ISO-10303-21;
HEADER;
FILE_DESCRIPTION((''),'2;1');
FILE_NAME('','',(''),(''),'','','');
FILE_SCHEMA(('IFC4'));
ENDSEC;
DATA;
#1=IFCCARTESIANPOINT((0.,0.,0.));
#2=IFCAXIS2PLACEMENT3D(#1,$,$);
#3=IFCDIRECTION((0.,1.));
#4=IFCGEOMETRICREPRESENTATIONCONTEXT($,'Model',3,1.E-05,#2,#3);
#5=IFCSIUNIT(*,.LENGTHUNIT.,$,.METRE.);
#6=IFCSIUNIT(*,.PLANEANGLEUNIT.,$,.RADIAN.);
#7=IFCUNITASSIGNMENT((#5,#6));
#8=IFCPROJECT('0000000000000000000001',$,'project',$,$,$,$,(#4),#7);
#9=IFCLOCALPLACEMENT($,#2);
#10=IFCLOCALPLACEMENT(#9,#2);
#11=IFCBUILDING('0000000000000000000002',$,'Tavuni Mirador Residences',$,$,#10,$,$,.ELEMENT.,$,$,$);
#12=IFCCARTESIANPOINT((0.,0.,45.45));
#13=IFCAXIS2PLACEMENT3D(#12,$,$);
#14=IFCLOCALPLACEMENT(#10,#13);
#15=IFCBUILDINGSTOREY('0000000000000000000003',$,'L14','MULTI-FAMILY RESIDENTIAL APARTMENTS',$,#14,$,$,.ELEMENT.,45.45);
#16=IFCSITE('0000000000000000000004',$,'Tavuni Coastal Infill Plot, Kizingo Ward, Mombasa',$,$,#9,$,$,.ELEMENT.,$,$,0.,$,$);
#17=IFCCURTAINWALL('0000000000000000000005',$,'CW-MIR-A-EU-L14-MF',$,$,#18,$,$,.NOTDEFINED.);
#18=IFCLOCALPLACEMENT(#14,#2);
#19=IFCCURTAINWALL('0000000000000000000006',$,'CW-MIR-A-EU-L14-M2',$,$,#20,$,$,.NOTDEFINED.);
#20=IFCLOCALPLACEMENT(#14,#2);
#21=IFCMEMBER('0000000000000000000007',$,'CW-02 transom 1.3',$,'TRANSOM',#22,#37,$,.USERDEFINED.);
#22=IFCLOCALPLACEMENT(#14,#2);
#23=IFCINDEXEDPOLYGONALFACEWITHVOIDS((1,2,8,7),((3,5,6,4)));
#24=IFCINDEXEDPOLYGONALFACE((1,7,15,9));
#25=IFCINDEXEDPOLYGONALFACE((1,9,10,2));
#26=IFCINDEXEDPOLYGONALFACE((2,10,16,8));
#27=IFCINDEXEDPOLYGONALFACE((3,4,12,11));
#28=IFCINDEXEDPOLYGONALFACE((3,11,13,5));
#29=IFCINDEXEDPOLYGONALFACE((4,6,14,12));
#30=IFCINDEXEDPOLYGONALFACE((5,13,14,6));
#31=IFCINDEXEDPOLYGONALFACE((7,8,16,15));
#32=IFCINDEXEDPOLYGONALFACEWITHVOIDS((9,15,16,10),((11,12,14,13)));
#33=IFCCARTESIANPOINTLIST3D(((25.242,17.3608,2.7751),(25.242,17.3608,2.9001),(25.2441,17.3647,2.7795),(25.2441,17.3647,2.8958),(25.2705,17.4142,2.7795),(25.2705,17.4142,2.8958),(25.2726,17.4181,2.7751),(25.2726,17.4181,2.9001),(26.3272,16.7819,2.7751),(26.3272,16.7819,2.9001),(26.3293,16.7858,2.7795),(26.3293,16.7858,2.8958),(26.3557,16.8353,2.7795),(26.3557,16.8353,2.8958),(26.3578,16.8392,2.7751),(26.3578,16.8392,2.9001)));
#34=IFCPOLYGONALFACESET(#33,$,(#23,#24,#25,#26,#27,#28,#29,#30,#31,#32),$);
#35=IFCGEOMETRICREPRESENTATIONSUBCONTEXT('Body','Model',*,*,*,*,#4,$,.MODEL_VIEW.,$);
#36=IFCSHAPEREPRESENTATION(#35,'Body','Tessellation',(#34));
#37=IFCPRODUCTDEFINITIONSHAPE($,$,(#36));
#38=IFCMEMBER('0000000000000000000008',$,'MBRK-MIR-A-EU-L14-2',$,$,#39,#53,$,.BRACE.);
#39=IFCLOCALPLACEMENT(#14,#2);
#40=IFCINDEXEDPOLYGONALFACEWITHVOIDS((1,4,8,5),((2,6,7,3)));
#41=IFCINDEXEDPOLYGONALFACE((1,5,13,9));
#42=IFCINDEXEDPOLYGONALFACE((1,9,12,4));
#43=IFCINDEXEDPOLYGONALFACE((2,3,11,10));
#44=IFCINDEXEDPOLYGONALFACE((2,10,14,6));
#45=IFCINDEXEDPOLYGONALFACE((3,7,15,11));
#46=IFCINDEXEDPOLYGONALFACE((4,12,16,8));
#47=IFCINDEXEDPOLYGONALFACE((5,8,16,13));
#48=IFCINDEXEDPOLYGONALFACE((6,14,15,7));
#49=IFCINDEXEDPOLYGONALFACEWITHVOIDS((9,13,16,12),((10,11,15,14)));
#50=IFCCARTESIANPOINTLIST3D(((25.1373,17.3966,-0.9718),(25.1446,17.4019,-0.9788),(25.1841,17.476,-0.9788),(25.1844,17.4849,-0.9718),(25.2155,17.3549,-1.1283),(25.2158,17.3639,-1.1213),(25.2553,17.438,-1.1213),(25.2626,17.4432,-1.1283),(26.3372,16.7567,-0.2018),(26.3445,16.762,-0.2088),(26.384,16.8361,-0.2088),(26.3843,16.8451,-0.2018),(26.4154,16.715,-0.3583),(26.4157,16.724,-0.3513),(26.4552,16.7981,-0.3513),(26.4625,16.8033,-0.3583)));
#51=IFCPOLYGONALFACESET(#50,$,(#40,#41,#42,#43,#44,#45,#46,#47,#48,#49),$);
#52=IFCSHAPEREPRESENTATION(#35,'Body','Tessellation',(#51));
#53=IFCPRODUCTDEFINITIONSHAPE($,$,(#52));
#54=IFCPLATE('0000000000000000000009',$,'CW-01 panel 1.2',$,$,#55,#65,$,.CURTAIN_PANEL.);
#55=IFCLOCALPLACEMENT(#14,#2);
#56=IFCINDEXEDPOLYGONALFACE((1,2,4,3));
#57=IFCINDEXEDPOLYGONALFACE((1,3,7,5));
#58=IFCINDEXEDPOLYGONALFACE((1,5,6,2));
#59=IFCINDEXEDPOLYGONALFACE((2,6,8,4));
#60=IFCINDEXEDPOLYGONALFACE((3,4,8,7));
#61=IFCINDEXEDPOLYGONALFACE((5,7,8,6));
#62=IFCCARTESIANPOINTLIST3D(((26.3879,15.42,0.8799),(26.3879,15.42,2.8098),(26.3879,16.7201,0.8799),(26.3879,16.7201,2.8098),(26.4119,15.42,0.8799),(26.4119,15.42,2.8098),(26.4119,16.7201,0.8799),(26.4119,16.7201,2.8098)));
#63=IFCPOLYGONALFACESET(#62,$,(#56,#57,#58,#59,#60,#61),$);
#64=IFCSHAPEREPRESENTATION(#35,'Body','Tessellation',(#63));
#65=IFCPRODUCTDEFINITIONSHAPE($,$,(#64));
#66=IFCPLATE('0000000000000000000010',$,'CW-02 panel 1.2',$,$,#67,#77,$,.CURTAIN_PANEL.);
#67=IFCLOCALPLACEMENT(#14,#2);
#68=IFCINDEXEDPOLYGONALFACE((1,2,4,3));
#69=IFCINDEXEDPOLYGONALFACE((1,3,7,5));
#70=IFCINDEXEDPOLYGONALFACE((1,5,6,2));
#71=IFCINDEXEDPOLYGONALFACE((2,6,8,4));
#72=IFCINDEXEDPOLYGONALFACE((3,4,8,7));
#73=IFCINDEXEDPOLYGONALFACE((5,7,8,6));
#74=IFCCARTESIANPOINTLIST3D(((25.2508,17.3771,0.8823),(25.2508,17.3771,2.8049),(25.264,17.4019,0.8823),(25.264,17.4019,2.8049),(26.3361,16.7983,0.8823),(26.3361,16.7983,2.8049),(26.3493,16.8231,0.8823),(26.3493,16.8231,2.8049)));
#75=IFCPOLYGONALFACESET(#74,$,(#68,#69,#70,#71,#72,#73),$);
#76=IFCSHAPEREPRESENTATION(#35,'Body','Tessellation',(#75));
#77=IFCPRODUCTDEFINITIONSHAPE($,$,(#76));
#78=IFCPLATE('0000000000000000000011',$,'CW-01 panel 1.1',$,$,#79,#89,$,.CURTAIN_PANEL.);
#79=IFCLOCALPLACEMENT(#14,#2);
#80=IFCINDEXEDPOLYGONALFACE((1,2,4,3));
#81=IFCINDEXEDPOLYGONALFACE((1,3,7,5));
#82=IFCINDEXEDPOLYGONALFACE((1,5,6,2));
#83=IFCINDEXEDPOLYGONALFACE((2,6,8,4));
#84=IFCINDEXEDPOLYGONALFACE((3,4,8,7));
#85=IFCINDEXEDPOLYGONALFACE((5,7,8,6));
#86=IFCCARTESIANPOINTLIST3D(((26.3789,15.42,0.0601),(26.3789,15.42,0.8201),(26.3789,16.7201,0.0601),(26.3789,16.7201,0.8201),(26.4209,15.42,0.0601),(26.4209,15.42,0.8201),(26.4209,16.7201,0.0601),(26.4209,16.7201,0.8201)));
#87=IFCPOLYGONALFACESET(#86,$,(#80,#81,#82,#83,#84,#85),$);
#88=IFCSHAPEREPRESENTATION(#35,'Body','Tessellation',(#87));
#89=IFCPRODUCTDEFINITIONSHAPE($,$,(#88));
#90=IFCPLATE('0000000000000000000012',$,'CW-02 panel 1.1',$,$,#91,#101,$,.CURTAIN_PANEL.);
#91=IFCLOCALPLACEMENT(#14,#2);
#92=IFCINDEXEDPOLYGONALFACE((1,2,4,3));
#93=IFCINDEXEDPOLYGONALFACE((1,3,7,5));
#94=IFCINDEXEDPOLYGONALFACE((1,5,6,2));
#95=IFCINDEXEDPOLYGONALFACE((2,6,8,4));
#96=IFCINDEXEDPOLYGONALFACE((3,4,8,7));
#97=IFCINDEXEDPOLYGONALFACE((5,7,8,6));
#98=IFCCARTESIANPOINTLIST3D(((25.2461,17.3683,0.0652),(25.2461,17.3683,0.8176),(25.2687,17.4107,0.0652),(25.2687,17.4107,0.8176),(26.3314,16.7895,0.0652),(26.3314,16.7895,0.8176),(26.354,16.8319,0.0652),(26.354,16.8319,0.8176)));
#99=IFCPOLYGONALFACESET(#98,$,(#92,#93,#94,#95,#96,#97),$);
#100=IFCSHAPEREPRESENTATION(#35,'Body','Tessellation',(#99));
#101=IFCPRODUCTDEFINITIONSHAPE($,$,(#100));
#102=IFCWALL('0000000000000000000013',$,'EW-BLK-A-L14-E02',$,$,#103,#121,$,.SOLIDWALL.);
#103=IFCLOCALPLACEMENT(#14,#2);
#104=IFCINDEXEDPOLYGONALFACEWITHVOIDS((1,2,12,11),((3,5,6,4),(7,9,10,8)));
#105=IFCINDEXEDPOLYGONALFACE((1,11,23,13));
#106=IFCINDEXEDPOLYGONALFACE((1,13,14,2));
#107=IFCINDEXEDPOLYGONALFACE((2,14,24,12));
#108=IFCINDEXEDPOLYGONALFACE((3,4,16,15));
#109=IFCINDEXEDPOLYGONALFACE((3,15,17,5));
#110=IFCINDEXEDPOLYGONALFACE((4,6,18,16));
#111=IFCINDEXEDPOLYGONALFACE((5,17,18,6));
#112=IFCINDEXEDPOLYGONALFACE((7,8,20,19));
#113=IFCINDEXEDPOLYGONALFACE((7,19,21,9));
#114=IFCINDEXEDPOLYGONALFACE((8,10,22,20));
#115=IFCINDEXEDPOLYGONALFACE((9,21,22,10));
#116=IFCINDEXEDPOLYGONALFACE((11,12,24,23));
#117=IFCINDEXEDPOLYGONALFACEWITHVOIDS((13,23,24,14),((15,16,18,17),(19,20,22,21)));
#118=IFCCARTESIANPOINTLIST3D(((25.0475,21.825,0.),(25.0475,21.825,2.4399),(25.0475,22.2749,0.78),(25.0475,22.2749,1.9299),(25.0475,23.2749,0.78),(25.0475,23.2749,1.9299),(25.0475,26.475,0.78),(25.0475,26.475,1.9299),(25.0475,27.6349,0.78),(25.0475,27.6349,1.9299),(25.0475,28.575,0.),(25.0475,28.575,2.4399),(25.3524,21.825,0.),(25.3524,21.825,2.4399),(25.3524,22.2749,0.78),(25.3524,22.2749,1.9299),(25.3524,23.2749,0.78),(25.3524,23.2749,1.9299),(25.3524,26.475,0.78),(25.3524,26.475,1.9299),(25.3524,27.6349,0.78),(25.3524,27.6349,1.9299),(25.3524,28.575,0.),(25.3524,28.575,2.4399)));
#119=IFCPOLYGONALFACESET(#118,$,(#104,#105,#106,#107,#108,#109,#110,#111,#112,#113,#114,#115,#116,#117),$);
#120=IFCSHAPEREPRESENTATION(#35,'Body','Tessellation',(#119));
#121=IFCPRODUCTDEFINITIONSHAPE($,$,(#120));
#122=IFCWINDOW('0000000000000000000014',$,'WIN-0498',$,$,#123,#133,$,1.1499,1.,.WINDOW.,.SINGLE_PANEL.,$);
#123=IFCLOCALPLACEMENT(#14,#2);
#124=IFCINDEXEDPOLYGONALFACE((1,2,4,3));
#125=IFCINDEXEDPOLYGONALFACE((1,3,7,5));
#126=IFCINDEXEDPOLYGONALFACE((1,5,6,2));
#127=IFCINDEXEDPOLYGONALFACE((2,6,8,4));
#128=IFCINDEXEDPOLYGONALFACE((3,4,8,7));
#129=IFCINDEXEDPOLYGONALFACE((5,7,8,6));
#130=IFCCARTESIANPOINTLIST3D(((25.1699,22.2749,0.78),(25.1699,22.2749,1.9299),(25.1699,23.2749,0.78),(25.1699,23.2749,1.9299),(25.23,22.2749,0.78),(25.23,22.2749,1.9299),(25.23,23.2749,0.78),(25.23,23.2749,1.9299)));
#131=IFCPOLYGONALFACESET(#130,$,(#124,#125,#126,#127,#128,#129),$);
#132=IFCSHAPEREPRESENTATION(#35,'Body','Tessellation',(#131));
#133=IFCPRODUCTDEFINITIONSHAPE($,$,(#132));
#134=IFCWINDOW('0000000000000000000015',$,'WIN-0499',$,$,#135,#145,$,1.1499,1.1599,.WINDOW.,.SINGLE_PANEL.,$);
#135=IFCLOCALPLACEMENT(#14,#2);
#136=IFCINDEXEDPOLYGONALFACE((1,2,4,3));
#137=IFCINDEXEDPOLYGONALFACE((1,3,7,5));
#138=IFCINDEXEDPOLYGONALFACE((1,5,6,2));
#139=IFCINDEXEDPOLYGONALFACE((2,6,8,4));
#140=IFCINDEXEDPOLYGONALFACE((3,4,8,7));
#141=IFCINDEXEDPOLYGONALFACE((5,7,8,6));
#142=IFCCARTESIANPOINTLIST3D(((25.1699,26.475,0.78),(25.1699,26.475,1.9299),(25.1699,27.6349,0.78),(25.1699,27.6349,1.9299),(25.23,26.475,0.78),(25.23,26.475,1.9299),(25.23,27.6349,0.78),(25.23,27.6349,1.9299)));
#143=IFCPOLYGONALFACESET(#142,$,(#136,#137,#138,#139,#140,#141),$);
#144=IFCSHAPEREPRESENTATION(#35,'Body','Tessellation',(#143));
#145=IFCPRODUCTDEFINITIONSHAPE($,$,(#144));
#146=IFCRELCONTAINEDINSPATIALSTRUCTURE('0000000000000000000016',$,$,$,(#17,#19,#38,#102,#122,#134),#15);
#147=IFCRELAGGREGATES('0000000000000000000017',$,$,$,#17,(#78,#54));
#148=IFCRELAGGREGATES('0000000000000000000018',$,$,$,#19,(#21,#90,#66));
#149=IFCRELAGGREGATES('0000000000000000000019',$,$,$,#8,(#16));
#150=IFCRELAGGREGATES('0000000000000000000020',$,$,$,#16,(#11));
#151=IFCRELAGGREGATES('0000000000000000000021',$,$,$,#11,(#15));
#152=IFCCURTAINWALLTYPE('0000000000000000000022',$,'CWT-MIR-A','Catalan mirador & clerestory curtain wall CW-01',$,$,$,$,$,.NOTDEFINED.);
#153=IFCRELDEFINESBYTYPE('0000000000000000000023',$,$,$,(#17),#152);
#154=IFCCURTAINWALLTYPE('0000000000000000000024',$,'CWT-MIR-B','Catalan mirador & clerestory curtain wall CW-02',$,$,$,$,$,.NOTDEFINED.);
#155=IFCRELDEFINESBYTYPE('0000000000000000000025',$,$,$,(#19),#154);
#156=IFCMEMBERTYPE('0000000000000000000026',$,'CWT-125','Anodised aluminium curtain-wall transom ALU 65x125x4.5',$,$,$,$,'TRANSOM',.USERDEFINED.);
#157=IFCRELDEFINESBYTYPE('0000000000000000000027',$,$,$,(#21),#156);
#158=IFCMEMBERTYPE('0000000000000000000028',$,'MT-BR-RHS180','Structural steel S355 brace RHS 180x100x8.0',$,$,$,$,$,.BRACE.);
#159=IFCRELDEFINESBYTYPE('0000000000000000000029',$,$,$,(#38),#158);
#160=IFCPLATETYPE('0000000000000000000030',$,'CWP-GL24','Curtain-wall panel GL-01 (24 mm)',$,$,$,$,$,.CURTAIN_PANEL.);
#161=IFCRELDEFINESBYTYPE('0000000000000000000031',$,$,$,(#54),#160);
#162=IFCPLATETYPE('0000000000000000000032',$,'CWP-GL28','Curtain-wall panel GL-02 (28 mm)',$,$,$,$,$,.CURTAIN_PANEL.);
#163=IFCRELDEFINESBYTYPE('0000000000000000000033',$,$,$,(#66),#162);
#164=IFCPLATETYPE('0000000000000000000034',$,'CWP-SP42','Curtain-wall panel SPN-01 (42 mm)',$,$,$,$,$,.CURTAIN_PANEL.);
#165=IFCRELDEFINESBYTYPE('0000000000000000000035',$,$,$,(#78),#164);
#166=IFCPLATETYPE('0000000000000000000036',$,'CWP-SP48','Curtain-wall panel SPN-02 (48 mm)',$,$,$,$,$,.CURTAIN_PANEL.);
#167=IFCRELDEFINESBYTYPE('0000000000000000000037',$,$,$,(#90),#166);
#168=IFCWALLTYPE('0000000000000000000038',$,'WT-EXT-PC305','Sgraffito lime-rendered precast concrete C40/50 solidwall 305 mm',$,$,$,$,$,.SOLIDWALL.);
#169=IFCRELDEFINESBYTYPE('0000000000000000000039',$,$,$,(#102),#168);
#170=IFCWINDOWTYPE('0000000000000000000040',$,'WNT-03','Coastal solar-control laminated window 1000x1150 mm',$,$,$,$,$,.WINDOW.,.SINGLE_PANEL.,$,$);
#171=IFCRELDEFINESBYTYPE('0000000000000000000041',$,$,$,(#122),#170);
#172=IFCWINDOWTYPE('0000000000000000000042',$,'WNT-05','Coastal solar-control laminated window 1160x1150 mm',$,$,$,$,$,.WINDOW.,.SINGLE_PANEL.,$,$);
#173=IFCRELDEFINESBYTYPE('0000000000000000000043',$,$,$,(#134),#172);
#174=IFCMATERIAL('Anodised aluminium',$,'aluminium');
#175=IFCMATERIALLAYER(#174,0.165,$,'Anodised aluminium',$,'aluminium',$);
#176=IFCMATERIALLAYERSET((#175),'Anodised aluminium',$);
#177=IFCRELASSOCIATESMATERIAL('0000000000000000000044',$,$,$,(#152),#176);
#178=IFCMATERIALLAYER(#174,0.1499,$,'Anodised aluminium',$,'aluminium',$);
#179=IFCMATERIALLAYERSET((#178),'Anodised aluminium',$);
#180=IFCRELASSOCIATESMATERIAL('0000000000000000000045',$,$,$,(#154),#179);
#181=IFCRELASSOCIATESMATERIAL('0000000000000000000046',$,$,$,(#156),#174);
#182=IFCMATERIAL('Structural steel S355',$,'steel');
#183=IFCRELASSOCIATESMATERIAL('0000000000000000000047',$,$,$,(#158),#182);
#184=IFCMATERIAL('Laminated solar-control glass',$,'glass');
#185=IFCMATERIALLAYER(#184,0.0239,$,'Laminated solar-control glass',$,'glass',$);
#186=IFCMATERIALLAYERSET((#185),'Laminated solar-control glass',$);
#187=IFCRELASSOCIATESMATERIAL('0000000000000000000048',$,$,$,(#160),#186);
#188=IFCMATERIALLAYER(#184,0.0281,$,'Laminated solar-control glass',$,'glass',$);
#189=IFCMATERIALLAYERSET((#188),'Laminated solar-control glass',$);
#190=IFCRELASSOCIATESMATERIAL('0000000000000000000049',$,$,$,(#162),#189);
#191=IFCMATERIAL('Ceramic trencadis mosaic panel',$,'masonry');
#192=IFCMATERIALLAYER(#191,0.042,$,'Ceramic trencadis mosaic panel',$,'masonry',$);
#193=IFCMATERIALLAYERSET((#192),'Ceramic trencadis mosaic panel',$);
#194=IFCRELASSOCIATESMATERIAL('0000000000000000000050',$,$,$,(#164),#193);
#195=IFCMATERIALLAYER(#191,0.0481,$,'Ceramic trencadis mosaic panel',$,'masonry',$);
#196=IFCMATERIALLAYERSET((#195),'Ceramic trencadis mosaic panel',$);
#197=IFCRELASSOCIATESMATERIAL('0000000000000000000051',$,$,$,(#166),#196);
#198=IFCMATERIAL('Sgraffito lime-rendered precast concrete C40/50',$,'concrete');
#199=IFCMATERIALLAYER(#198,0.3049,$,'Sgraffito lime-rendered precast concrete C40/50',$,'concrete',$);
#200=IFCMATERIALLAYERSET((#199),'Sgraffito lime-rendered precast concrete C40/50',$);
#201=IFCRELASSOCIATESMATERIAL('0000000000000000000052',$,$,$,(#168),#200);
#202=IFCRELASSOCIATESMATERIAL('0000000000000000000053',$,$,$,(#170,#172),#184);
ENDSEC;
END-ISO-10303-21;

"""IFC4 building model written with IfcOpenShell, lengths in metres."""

from ifc_helpers import new_model, si_unit, direction, frame, frame_2d, origin, origin_2d, place, context, subcontext, project, spatial, rectangle, hollow_rectangle, extrude, material, layer, layer_set, material_profile, profile_set, type_object, element, fill, aggregate, save


model = new_model("IFC4")

# Units and contexts
model_context = context("Model", 3, precision=1e-05, world=origin(), true_north=direction((0.0, 1.0)))
body_context = subcontext(model_context, "Body", "Model", "MODEL_VIEW")
ifc_project = project(units=[si_unit("LENGTHUNIT", "METRE"), si_unit("PLANEANGLEUNIT", "RADIAN")], contexts=[model_context])

# Site, building, storey
site_placement = place(None, origin())
site = spatial("IfcSite", under=ifc_project, at=site_placement, Name="Tavuni Coastal Infill Plot, Kizingo Ward, Mombasa", CompositionType="ELEMENT", RefElevation=0.0)
building_placement = place(site_placement, origin())
building = spatial("IfcBuilding", under=site, at=building_placement, Name="Tavuni Mirador Residences", CompositionType="ELEMENT")
storey_placement = place(building_placement, frame((0.0, 0.0, 45.45)))
storey = spatial("IfcBuildingStorey", under=building, at=storey_placement, Name="L14", Description="MULTI-FAMILY RESIDENTIAL APARTMENTS", CompositionType="ELEMENT", Elevation=45.45)

# Curtain wall
ifc_material_1 = material(Name="Anodised aluminium", Category="aluminium")
ifc_layer_1 = layer(ifc_material_1, 0.165, Name="Anodised aluminium", Category="aluminium")
ifc_layer_set_1 = layer_set([ifc_layer_1], Name="Anodised aluminium")
curtain_wall_type_1 = type_object("IfcCurtainWallType", Name="CWT-MIR-A", Description="Catalan mirador & clerestory curtain wall CW-01", PredefinedType="NOTDEFINED", material=ifc_layer_set_1)
curtain_wall_1_placement = place(storey_placement, origin())
curtain_wall_1 = element("IfcCurtainWall", 1, at=curtain_wall_1_placement, inside=storey, type_object=curtain_wall_type_1, Name="CW-MIR-A-EU-L14-MF", PredefinedType="NOTDEFINED")

# Curtain wall
ifc_layer_2 = layer(ifc_material_1, 0.1499, Name="Anodised aluminium", Category="aluminium")
ifc_layer_set_2 = layer_set([ifc_layer_2], Name="Anodised aluminium")
curtain_wall_type_2 = type_object("IfcCurtainWallType", Name="CWT-MIR-B", Description="Catalan mirador & clerestory curtain wall CW-02", PredefinedType="NOTDEFINED", material=ifc_layer_set_2)
curtain_wall_2_placement = place(storey_placement, origin())
curtain_wall_2 = element("IfcCurtainWall", 2, at=curtain_wall_2_placement, inside=storey, type_object=curtain_wall_type_2, Name="CW-MIR-A-EU-L14-M2", PredefinedType="NOTDEFINED")

# Members
ifc_material_profile_1 = material_profile(ifc_material_1, hollow_rectangle(XDim=0.0649, YDim=0.125, WallThickness=0.0044, at=origin_2d()), Name="ALU 65x125x4.5", Category="aluminium")
ifc_profile_set_1 = profile_set([ifc_material_profile_1], Name="Anodised aluminium")
member_type_1 = type_object("IfcMemberType", Name="CWT-125", Description="Anodised aluminium curtain-wall transom ALU 65x125x4.5", ElementType="TRANSOM", PredefinedType="USERDEFINED", material=ifc_profile_set_1)
member_1_placement = place(storey_placement, frame((26.3425, 16.8105, 2.8376), z_axis=(-0.882325, 0.47064, 0.0), x_axis=(-0.47064, -0.882325, 0.0)))
member_1 = element("IfcMember", 3, at=member_1_placement, type_object=member_type_1, Name="CW-02 transom 1.3", ObjectType="TRANSOM", PredefinedType="USERDEFINED", context=body_context, shape_type="SweptSolid", body=[
    extrude(hollow_rectangle(XDim=0.0649, YDim=0.125, WallThickness=0.0044, at=origin_2d()), origin(), (0.0, 0.0, 1.0), 1.23),
])
ifc_material_2 = material(Name="Structural steel S355", Category="steel")
ifc_material_profile_2 = material_profile(ifc_material_2, hollow_rectangle(XDim=0.1001, YDim=0.1799, WallThickness=0.0081, at=origin_2d()), Name="RHS 180x100x8.0", Category="steel")
ifc_profile_set_2 = profile_set([ifc_material_profile_2], Name="Structural steel S355")
member_type_2 = type_object("IfcMemberType", Name="MT-BR-RHS180", Description="Structural steel S355 brace RHS 180x100x8.0", PredefinedType="BRACE", material=ifc_profile_set_2)
member_2_placement = place(storey_placement, frame((25.2, 17.4199, -1.05), z_axis=(0.767832, -0.409458, 0.492725), x_axis=(0.470542, 0.882378, 0.0)))
element("IfcMember", 4, at=member_2_placement, inside=storey, type_object=member_type_2, Name="MBRK-MIR-A-EU-L14-2", PredefinedType="BRACE", context=body_context, shape_type="SweptSolid", body=[
    extrude(hollow_rectangle(XDim=0.1001, YDim=0.1799, WallThickness=0.0081, at=origin_2d()), origin(), (0.0, 0.0, 1.0), 1.5627),
])

# Plates
ifc_material_3 = material(Name="Laminated solar-control glass", Category="glass")
ifc_layer_3 = layer(ifc_material_3, 0.0239, Name="Laminated solar-control glass", Category="glass")
ifc_layer_set_3 = layer_set([ifc_layer_3], Name="Laminated solar-control glass")
plate_type_1 = type_object("IfcPlateType", Name="CWP-GL24", Description="Curtain-wall panel GL-01 (24 mm)", PredefinedType="CURTAIN_PANEL", material=ifc_layer_set_3)
plate_1_placement = place(storey_placement, frame((26.3999, 16.0701, 0.8799), z_axis=(0.0, 0.0, 1.0), x_axis=(0.0, 1.0, 0.0)))
plate_1 = element("IfcPlate", 5, at=plate_1_placement, type_object=plate_type_1, Name="CW-01 panel 1.2", PredefinedType="CURTAIN_PANEL", context=body_context, shape_type="SweptSolid", body=[
    extrude(rectangle(XDim=1.3, YDim=0.0239, at=origin_2d()), origin(), (0.0, 0.0, 1.0), 1.9299),
])
ifc_layer_4 = layer(ifc_material_3, 0.0281, Name="Laminated solar-control glass", Category="glass")
ifc_layer_set_4 = layer_set([ifc_layer_4], Name="Laminated solar-control glass")
plate_type_2 = type_object("IfcPlateType", Name="CWP-GL28", Description="Curtain-wall panel GL-02 (28 mm)", PredefinedType="CURTAIN_PANEL", material=ifc_layer_set_4)
plate_2_placement = place(storey_placement, frame((25.8, 17.1001, 0.8823), z_axis=(0.0, 0.0, 1.0), x_axis=(-0.882353, 0.470588, 0.0)))
plate_2 = element("IfcPlate", 6, at=plate_2_placement, type_object=plate_type_2, Name="CW-02 panel 1.2", PredefinedType="CURTAIN_PANEL", context=body_context, shape_type="SweptSolid", body=[
    extrude(rectangle(XDim=1.23, YDim=0.0281, at=origin_2d()), origin(), (0.0, 0.0, 1.0), 1.9226),
])
ifc_material_4 = material(Name="Ceramic trencadis mosaic panel", Category="masonry")
ifc_layer_5 = layer(ifc_material_4, 0.042, Name="Ceramic trencadis mosaic panel", Category="masonry")
ifc_layer_set_5 = layer_set([ifc_layer_5], Name="Ceramic trencadis mosaic panel")
plate_type_3 = type_object("IfcPlateType", Name="CWP-SP42", Description="Curtain-wall panel SPN-01 (42 mm)", PredefinedType="CURTAIN_PANEL", material=ifc_layer_set_5)
plate_3_placement = place(storey_placement, frame((26.3999, 16.0701, 0.0601), z_axis=(0.0, 0.0, 1.0), x_axis=(0.0, 1.0, 0.0)))
plate_3 = element("IfcPlate", 7, at=plate_3_placement, type_object=plate_type_3, Name="CW-01 panel 1.1", PredefinedType="CURTAIN_PANEL", context=body_context, shape_type="SweptSolid", body=[
    extrude(rectangle(XDim=1.3, YDim=0.042, at=origin_2d()), origin(), (0.0, 0.0, 1.0), 0.76),
])
aggregate(curtain_wall_1, [plate_3, plate_1])
ifc_layer_6 = layer(ifc_material_4, 0.0481, Name="Ceramic trencadis mosaic panel", Category="masonry")
ifc_layer_set_6 = layer_set([ifc_layer_6], Name="Ceramic trencadis mosaic panel")
plate_type_4 = type_object("IfcPlateType", Name="CWP-SP48", Description="Curtain-wall panel SPN-02 (48 mm)", PredefinedType="CURTAIN_PANEL", material=ifc_layer_set_6)
plate_4_placement = place(storey_placement, frame((25.8, 17.1001, 0.0652), z_axis=(0.0, 0.0, 1.0), x_axis=(-0.882353, 0.470588, 0.0)))
plate_4 = element("IfcPlate", 8, at=plate_4_placement, type_object=plate_type_4, Name="CW-02 panel 1.1", PredefinedType="CURTAIN_PANEL", context=body_context, shape_type="SweptSolid", body=[
    extrude(rectangle(XDim=1.23, YDim=0.0481, at=origin_2d()), origin(), (0.0, 0.0, 1.0), 0.7524),
])
aggregate(curtain_wall_2, [member_1, plate_4, plate_2])

# Wall, openings, windows
ifc_material_5 = material(Name="Sgraffito lime-rendered precast concrete C40/50", Category="concrete")
ifc_layer_7 = layer(ifc_material_5, 0.3049, Name="Sgraffito lime-rendered precast concrete C40/50", Category="concrete")
ifc_layer_set_7 = layer_set([ifc_layer_7], Name="Sgraffito lime-rendered precast concrete C40/50")
wall_type_1 = type_object("IfcWallType", Name="WT-EXT-PC305", Description="Sgraffito lime-rendered precast concrete C40/50 solidwall 305 mm", PredefinedType="SOLIDWALL", material=ifc_layer_set_7)
wall_1_placement = place(storey_placement, frame((25.2, 21.825, 0.0), z_axis=(0.0, 0.0, 1.0), x_axis=(0.0, 1.0, 0.0)))
wall_1 = element("IfcWall", 9, at=wall_1_placement, inside=storey, type_object=wall_type_1, Name="EW-BLK-A-L14-E02", PredefinedType="SOLIDWALL", context=body_context, shape_type="SweptSolid", body=[
    extrude(rectangle(XDim=6.75, YDim=0.3049, at=frame_2d((3.375, 0.0))), origin(), (0.0, 0.0, 1.0), 2.4399),
])
opening_1_placement = place(wall_1_placement, frame((0.45, 0.0, 0.78)))
opening_1 = element("IfcOpeningElement", 10, at=opening_1_placement, cuts=wall_1, PredefinedType="OPENING", context=body_context, shape_type="SweptSolid", body=[
    extrude(rectangle(XDim=1.0, YDim=1.1499, at=frame_2d((0.5, 0.575))), frame((0.0, 0.1626, 0.0), z_axis=(0.0, -1.0, 0.0), x_axis=(1.0, 0.0, 0.0)), (0.0, 0.0, 1.0), 0.325),
])
opening_2_placement = place(wall_1_placement, frame((4.6499, 0.0, 0.78)))
opening_2 = element("IfcOpeningElement", 11, at=opening_2_placement, cuts=wall_1, PredefinedType="OPENING", context=body_context, shape_type="SweptSolid", body=[
    extrude(rectangle(XDim=1.1599, YDim=1.1499, at=frame_2d((0.5801, 0.575))), frame((0.0, 0.1626, 0.0), z_axis=(0.0, -1.0, 0.0), x_axis=(1.0, 0.0, 0.0)), (0.0, 0.0, 1.0), 0.325),
])
window_type_1 = type_object("IfcWindowType", Name="WNT-03", Description="Coastal solar-control laminated window 1000x1150 mm", PartitioningType="SINGLE_PANEL", PredefinedType="WINDOW", material=ifc_material_3)
window_1_placement = place(opening_1_placement, origin())
window_1 = element("IfcWindow", 12, at=window_1_placement, inside=storey, type_object=window_type_1, Name="WIN-0498", OverallHeight=1.1499, OverallWidth=1.0, PartitioningType="SINGLE_PANEL", PredefinedType="WINDOW", context=body_context, shape_type="SweptSolid", body=[
    extrude(rectangle(XDim=1.0, YDim=1.1499, at=frame_2d((0.5, 0.575))), frame((0.0, 0.03, 0.0), z_axis=(0.0, -1.0, 0.0), x_axis=(1.0, 0.0, 0.0)), (0.0, 0.0, 1.0), 0.0601),
])
fill(opening_1, window_1)
window_type_2 = type_object("IfcWindowType", Name="WNT-05", Description="Coastal solar-control laminated window 1160x1150 mm", PartitioningType="SINGLE_PANEL", PredefinedType="WINDOW", material=ifc_material_3)
window_2_placement = place(opening_2_placement, origin())
window_2 = element("IfcWindow", 13, at=window_2_placement, inside=storey, type_object=window_type_2, Name="WIN-0499", OverallHeight=1.1499, OverallWidth=1.1599, PartitioningType="SINGLE_PANEL", PredefinedType="WINDOW", context=body_context, shape_type="SweptSolid", body=[
    extrude(rectangle(XDim=1.1599, YDim=1.1499, at=frame_2d((0.5801, 0.575))), frame((0.0, 0.03, 0.0), z_axis=(0.0, -1.0, 0.0), x_axis=(1.0, 0.0, 0.0)), (0.0, 0.0, 1.0), 0.0601),
])
fill(opening_2, window_2)

save(model, "model.ifc")
